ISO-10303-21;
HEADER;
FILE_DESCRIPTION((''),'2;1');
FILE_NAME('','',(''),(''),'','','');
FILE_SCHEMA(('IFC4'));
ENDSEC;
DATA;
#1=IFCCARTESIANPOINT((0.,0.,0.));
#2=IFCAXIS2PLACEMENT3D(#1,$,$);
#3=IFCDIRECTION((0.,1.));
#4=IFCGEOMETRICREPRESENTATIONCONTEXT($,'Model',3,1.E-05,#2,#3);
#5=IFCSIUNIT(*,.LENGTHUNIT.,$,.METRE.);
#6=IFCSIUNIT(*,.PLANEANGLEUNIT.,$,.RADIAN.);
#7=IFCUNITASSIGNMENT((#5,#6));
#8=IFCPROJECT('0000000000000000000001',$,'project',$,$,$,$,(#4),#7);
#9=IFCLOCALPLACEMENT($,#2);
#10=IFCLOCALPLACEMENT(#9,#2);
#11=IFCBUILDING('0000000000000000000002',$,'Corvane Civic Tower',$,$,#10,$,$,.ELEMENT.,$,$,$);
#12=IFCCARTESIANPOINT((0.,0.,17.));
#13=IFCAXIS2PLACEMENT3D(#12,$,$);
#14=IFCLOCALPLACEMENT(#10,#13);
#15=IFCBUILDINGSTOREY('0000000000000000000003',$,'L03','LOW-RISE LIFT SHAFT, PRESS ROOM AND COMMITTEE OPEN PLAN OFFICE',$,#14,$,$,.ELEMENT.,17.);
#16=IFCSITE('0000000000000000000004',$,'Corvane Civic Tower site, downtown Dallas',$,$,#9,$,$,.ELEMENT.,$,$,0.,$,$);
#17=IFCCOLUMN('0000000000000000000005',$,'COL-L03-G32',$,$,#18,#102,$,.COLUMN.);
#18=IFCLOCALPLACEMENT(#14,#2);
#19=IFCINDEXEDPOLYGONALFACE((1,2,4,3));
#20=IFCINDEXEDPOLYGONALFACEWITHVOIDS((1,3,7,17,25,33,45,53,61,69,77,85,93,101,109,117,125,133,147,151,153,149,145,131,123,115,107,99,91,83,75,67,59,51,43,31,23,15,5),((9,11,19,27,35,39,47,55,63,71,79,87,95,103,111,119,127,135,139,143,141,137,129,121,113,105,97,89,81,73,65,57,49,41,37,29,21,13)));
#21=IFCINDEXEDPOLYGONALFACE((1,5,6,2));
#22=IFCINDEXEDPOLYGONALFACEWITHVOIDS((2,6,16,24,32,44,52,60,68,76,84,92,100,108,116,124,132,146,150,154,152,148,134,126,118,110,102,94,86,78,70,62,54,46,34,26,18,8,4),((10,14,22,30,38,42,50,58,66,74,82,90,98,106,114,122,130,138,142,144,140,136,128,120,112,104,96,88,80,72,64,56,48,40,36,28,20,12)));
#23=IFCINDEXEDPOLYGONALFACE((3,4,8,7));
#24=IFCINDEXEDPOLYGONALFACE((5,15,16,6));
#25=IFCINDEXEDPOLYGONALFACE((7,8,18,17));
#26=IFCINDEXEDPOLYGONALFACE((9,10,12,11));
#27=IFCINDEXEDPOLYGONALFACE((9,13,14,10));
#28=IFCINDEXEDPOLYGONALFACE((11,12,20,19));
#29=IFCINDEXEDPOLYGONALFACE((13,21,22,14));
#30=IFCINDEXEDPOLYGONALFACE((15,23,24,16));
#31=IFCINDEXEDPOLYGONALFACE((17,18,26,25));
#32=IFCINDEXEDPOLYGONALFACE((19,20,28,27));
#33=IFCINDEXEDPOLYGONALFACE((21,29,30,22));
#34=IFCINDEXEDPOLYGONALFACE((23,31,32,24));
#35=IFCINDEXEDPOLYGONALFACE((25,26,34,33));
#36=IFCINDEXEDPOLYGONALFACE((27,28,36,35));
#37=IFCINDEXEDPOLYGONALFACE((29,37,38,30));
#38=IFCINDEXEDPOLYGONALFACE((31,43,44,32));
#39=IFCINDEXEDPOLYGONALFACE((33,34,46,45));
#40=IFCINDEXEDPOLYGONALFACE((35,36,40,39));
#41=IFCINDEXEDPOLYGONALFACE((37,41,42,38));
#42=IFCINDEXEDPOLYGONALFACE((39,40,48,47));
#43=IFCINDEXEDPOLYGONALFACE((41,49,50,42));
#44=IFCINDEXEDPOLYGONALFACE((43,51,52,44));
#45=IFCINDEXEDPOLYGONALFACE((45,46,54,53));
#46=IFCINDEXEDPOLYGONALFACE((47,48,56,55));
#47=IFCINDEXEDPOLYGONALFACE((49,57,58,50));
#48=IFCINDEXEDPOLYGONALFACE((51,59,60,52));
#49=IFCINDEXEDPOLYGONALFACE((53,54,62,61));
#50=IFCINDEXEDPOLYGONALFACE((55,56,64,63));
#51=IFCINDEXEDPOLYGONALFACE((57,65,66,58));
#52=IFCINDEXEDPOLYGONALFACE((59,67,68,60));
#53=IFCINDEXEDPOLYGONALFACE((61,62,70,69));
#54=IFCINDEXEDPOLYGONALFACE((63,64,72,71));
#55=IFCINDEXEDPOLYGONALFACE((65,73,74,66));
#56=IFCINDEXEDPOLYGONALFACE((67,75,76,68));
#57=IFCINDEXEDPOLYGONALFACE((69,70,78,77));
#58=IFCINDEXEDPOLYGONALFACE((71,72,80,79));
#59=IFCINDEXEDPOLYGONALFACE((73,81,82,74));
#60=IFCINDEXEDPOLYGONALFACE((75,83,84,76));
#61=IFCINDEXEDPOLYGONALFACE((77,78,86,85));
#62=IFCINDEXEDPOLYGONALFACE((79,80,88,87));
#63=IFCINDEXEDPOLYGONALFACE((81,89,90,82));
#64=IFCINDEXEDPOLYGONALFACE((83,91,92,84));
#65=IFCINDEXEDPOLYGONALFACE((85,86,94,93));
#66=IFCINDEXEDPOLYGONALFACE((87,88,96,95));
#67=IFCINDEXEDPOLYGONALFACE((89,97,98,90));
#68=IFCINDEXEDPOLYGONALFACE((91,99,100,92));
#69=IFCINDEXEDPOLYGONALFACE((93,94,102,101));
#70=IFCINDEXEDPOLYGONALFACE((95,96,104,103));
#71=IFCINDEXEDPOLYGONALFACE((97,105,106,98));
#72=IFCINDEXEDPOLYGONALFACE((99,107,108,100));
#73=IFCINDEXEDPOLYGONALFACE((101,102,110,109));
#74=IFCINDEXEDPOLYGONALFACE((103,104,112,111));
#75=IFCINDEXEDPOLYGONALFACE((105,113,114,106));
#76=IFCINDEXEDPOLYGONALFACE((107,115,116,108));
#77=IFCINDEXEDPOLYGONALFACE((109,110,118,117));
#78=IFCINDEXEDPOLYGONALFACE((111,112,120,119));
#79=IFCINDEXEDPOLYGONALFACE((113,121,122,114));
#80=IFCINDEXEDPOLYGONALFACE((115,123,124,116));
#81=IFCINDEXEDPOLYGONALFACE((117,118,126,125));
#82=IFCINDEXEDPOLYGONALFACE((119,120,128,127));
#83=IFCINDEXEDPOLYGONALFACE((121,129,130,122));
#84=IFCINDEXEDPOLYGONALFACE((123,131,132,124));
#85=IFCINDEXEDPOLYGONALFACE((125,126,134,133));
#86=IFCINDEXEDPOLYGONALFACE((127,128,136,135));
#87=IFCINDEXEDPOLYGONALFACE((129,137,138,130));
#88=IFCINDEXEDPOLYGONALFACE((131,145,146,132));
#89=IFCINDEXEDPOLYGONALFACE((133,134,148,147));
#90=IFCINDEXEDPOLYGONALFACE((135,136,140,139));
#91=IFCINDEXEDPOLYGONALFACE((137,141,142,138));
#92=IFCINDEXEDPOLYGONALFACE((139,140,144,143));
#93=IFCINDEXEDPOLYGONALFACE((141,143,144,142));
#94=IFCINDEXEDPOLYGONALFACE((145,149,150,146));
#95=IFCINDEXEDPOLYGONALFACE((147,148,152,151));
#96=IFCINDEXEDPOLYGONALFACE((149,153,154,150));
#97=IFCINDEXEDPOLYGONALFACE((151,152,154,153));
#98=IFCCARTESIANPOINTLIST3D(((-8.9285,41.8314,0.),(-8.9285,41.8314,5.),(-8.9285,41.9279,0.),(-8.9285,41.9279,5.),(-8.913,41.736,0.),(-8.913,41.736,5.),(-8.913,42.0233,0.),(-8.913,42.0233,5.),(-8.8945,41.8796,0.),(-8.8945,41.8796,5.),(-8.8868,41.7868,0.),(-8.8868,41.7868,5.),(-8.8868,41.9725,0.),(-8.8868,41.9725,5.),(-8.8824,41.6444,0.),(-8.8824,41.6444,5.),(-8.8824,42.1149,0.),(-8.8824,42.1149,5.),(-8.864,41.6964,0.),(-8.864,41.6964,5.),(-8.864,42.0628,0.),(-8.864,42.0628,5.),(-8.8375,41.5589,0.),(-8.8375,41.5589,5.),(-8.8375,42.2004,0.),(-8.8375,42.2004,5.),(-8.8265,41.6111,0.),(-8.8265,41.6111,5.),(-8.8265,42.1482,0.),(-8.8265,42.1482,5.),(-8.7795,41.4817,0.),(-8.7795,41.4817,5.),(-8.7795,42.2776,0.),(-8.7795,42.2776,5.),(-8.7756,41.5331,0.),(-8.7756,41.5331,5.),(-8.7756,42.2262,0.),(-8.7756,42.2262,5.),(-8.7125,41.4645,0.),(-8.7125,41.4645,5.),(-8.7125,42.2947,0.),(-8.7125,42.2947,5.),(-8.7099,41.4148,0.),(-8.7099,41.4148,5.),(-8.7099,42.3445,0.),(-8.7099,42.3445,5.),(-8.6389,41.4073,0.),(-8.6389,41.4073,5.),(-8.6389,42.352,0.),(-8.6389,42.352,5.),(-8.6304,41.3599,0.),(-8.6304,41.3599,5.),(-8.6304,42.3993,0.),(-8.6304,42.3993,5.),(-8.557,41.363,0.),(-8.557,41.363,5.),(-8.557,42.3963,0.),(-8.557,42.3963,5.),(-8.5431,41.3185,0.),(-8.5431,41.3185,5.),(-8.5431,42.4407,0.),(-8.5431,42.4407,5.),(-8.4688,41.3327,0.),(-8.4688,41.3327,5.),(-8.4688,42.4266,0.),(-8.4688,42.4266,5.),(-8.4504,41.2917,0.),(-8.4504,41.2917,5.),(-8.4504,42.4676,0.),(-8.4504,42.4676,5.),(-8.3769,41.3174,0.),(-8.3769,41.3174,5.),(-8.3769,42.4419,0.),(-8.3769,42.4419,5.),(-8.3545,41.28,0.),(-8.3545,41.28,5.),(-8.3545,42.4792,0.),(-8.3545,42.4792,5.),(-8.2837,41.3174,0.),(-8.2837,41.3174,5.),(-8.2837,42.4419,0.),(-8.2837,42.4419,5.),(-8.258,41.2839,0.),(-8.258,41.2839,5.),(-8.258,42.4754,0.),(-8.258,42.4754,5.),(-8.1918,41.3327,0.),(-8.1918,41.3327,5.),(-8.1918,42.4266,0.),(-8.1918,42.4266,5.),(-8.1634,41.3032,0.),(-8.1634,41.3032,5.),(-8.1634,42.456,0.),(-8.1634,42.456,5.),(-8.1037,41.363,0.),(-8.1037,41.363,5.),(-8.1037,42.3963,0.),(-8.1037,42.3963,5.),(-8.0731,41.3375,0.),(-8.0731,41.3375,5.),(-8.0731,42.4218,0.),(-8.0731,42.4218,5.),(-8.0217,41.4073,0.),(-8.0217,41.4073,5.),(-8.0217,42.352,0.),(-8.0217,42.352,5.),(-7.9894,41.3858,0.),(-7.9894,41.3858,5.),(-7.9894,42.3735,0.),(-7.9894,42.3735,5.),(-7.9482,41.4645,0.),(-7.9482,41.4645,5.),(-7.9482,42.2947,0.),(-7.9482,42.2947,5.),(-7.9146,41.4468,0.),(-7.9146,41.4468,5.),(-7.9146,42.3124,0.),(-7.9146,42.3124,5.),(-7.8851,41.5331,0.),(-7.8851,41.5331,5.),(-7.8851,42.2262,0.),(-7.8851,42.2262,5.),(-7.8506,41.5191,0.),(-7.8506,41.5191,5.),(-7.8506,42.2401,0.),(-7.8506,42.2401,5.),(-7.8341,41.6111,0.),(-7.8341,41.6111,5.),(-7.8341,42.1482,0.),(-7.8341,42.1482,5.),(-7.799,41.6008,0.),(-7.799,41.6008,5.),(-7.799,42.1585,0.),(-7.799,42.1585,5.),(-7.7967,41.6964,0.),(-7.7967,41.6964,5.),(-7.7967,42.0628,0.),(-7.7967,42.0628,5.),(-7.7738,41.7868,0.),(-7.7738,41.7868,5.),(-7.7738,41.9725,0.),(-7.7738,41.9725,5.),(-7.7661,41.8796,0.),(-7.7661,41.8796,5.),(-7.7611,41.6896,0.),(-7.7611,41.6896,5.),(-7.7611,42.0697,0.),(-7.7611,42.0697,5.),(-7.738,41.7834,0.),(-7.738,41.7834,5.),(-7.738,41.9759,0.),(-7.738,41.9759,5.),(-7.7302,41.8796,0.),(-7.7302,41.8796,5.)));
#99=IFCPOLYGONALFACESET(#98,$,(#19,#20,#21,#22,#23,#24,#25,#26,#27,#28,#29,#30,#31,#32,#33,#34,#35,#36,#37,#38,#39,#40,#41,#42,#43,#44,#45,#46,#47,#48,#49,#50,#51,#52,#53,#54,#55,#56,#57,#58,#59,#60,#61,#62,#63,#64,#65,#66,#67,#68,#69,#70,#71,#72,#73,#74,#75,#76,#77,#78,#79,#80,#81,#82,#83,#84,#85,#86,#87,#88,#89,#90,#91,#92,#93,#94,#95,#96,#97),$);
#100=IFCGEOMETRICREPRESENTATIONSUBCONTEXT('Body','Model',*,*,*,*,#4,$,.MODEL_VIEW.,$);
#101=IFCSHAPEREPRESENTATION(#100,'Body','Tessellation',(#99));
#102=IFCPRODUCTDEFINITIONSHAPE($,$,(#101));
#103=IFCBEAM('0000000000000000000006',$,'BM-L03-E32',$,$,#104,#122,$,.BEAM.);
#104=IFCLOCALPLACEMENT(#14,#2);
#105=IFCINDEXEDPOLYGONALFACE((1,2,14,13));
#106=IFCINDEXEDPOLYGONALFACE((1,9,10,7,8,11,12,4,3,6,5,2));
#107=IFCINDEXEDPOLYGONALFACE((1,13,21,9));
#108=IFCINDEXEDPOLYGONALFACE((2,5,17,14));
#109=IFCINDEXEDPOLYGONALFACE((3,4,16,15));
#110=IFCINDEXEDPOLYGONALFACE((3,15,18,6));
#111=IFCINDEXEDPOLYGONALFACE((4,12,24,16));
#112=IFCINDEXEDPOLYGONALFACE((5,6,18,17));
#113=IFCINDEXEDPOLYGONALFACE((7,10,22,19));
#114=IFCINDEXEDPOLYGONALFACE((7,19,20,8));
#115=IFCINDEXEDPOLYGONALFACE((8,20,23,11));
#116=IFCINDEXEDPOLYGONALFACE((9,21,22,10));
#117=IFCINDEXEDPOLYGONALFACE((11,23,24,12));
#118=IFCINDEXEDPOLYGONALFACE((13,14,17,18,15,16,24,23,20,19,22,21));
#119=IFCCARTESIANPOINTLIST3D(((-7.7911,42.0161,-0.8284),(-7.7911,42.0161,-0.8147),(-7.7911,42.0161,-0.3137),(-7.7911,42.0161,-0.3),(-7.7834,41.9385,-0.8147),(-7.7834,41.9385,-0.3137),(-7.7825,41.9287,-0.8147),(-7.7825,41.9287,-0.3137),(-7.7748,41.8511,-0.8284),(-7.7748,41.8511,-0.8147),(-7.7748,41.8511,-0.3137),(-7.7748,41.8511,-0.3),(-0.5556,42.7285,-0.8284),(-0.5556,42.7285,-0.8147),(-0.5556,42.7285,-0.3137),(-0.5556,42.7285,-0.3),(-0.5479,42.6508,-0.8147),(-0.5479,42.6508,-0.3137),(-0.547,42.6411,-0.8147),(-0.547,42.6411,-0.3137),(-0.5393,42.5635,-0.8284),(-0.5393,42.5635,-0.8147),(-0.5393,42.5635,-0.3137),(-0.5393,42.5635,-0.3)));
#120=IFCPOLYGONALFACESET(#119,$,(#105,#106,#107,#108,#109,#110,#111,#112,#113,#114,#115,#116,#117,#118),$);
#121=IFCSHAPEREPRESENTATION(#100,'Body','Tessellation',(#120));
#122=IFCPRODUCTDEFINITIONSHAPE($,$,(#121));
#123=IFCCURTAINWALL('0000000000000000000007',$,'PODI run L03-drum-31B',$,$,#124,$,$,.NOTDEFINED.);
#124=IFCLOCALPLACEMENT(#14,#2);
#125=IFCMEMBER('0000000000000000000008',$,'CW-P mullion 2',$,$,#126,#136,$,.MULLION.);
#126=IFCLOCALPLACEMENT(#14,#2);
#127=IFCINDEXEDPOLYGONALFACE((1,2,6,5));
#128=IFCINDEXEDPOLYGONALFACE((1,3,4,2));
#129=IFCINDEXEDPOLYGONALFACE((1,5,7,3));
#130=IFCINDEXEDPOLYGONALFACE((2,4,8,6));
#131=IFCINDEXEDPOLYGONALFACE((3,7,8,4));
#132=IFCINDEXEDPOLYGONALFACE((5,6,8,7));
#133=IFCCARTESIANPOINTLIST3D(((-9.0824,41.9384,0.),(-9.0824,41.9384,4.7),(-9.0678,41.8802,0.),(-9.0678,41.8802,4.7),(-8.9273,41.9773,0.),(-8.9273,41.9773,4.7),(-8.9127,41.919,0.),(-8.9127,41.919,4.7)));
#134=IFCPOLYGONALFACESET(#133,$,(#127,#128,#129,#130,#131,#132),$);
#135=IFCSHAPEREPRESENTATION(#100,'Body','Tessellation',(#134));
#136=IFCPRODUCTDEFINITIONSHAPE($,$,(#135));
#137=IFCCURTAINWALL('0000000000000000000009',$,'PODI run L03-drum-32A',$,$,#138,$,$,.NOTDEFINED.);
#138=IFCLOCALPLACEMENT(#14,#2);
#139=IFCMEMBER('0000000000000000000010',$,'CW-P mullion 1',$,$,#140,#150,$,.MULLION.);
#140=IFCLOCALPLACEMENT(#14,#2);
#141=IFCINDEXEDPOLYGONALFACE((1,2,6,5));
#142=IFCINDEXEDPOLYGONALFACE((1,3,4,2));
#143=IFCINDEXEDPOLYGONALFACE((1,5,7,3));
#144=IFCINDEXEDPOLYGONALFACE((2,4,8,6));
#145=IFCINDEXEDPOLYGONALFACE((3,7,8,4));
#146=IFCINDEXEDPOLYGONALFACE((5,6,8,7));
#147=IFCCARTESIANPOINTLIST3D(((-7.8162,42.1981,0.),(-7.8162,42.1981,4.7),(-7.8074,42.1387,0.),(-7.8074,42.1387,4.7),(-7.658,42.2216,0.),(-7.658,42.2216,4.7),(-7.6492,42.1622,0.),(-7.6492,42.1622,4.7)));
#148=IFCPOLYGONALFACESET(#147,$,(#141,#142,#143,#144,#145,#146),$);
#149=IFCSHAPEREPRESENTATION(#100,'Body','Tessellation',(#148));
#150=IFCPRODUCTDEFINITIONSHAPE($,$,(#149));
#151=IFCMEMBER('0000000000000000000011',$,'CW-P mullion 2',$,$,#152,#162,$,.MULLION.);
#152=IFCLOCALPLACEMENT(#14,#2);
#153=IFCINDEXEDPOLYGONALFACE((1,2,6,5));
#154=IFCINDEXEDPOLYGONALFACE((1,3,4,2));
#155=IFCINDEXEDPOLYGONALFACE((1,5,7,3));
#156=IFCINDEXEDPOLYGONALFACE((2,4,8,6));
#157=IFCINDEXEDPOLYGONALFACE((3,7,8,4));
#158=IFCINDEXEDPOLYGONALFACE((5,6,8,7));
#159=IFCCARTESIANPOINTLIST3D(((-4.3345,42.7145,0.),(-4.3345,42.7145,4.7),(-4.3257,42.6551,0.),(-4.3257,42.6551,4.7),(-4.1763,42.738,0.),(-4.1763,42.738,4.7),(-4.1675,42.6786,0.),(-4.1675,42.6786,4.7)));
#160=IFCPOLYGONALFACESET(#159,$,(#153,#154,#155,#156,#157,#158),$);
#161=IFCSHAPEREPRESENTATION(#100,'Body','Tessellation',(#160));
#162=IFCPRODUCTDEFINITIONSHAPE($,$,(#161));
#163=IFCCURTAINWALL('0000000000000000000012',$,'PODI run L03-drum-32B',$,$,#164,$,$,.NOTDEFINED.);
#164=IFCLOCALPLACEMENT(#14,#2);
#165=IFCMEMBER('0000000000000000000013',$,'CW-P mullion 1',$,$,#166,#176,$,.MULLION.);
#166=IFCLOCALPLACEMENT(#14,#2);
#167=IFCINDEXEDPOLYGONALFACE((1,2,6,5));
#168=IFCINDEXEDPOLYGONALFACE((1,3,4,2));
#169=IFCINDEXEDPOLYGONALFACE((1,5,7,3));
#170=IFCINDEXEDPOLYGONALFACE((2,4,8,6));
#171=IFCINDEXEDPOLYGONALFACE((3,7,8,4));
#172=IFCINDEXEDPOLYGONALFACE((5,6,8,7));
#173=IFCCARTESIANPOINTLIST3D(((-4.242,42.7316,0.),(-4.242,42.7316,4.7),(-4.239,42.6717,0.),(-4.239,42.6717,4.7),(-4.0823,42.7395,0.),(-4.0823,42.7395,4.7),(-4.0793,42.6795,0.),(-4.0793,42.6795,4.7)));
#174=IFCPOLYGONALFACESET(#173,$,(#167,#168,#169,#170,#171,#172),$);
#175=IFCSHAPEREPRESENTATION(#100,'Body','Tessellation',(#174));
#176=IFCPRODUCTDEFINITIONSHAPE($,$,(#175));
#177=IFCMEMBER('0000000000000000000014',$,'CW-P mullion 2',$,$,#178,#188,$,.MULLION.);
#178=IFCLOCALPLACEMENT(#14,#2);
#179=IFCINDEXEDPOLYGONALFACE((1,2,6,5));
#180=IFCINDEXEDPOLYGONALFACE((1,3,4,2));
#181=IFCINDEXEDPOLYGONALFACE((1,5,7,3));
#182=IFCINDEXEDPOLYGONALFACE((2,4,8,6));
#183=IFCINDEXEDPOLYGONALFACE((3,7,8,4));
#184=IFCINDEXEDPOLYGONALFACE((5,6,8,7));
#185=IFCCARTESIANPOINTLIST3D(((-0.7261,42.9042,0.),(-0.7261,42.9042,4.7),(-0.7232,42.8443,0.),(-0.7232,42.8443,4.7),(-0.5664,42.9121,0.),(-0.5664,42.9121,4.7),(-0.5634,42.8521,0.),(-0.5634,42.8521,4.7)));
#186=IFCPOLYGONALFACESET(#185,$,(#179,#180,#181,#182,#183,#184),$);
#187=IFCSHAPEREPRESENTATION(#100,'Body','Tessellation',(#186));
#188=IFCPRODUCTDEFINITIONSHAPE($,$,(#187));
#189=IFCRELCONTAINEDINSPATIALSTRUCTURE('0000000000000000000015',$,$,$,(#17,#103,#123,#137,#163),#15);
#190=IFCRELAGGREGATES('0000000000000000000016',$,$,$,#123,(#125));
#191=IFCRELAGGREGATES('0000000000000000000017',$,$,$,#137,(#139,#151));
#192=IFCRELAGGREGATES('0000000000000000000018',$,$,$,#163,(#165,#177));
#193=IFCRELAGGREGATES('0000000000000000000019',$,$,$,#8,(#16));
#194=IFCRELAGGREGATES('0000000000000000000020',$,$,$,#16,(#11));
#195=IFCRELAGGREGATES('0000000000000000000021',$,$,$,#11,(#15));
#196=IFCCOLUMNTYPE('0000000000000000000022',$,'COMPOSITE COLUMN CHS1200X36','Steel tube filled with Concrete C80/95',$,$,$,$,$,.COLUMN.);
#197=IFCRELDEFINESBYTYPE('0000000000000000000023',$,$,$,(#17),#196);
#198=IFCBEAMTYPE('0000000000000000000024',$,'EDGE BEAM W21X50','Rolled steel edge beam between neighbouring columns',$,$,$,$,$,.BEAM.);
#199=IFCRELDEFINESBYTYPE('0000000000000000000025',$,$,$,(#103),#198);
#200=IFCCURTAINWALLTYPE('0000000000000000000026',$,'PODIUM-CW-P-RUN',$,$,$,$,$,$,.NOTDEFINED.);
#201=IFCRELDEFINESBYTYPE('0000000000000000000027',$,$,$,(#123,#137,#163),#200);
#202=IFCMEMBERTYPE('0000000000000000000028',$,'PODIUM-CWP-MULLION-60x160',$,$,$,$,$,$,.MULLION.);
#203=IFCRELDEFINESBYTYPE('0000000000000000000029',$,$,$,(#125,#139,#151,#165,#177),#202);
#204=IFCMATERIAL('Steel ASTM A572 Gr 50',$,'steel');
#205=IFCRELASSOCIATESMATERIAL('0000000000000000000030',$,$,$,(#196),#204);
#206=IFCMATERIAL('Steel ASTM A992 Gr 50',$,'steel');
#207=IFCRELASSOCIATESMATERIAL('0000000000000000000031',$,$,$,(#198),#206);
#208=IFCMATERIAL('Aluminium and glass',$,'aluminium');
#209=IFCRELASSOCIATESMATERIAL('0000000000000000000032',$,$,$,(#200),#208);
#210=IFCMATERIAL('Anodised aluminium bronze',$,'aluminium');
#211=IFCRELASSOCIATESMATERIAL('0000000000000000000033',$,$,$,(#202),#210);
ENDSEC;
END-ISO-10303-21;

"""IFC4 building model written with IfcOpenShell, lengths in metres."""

from ifc_helpers import new_model, si_unit, direction, frame, origin, origin_2d, place, context, subcontext, project, spatial, rectangle, hollow_circle, i_section, extrude, material, material_profile, profile_set, type_object, element, aggregate, save


model = new_model("IFC4")

# Units and contexts
model_context = context("Model", 3, precision=1e-05, world=origin(), true_north=direction((0.0, 1.0)))
body_context = subcontext(model_context, "Body", "Model", "MODEL_VIEW")
ifc_project = project(units=[si_unit("LENGTHUNIT", "METRE"), si_unit("PLANEANGLEUNIT", "RADIAN")], contexts=[model_context])

# Site, building, storey
site_placement = place(None, origin())
site = spatial("IfcSite", under=ifc_project, at=site_placement, Name="Corvane Civic Tower site, downtown Dallas", CompositionType="ELEMENT", RefElevation=0.0)
building_placement = place(site_placement, origin())
building = spatial("IfcBuilding", under=site, at=building_placement, Name="Corvane Civic Tower", CompositionType="ELEMENT")
storey_placement = place(building_placement, frame((0.0, 0.0, 17.0)))
storey = spatial("IfcBuildingStorey", under=building, at=storey_placement, Name="L03", Description="LOW-RISE LIFT SHAFT, PRESS ROOM AND COMMITTEE OPEN PLAN OFFICE", CompositionType="ELEMENT", Elevation=17.0)

# Column
ifc_material_1 = material(Name="Steel ASTM A572 Gr 50", Category="steel")
ifc_material_profile_1 = material_profile(ifc_material_1, hollow_circle(Radius=0.6001, WallThickness=0.0359, at=origin_2d()), Name="CHS1200X36")
ifc_profile_set_1 = profile_set([ifc_material_profile_1], Name="Steel ASTM A572 Gr 50")
column_type = type_object("IfcColumnType", Name="COMPOSITE COLUMN CHS1200X36", Description="Steel tube filled with Concrete C80/95", PredefinedType="COLUMN", material=ifc_profile_set_1)
column_placement = place(storey_placement, frame((-8.3303, 41.8796, 0.0), z_axis=(0.0, 0.0, 1.0), x_axis=(1.0, 0.0, 0.0)))
element("IfcColumn", 1, at=column_placement, inside=storey, type_object=column_type, Name="COL-L03-G32", PredefinedType="COLUMN", context=body_context, shape_type="SweptSolid", body=[
    extrude(hollow_circle(Radius=0.6001, WallThickness=0.0359, at=origin_2d()), origin(), (0.0, 0.0, 1.0), 5.0),
])

# Beam
ifc_material_2 = material(Name="Steel ASTM A992 Gr 50", Category="steel")
ifc_material_profile_2 = material_profile(ifc_material_2, i_section(OverallWidth=0.1658, OverallDepth=0.5283, WebThickness=0.0098, FlangeThickness=0.0137, at=origin_2d()), Name="W21X50")
ifc_profile_set_2 = profile_set([ifc_material_profile_2], Name="Steel ASTM A992 Gr 50")
beam_type = type_object("IfcBeamType", Name="EDGE BEAM W21X50", Description="Rolled steel edge beam between neighbouring columns", PredefinedType="BEAM", material=ifc_profile_set_2)
beam_placement = place(storey_placement, frame((-7.783, 41.9336, -0.5642), z_axis=(0.995188, 0.097984, 0.0), x_axis=(-0.097984, 0.995188, 0.0)))
element("IfcBeam", 2, at=beam_placement, inside=storey, type_object=beam_type, Name="BM-L03-E32", PredefinedType="BEAM", context=body_context, shape_type="SweptSolid", body=[
    extrude(i_section(OverallWidth=0.1658, OverallDepth=0.5283, WebThickness=0.0098, FlangeThickness=0.0137, at=origin_2d()), origin(), (0.0, 0.0, 1.0), 7.2705),
])

# Curtain wall, member
ifc_material_3 = material(Name="Aluminium and glass", Category="aluminium")
curtain_wall_type = type_object("IfcCurtainWallType", Name="PODIUM-CW-P-RUN", PredefinedType="NOTDEFINED", material=ifc_material_3)
curtain_wall_1_placement = place(storey_placement, origin())
curtain_wall_1 = element("IfcCurtainWall", 3, at=curtain_wall_1_placement, inside=storey, type_object=curtain_wall_type, Name="PODI run L03-drum-31B", PredefinedType="NOTDEFINED")
ifc_material_4 = material(Name="Anodised aluminium bronze", Category="aluminium")
ifc_material_profile_3 = material_profile(ifc_material_4, rectangle(XDim=0.0601, YDim=0.1599, at=origin_2d()), Name="AL 60x160")
ifc_profile_set_3 = profile_set([ifc_material_profile_3], Name="Anodised aluminium bronze")
member_type_1 = type_object("IfcMemberType", Name="PODIUM-CWP-MULLION-60x160", PredefinedType="MULLION", material=ifc_profile_set_3)
member_1_placement = place(storey_placement, frame((-8.9976, 41.9287, 0.0), z_axis=(0.0, 0.0, 1.0), x_axis=(-0.243009, 0.970024, 0.0)))
member_1 = element("IfcMember", 4, at=member_1_placement, type_object=member_type_1, Name="CW-P mullion 2", PredefinedType="MULLION", context=body_context, shape_type="SweptSolid", body=[
    extrude(rectangle(XDim=0.0601, YDim=0.1599, at=origin_2d()), origin(), (0.0, 0.0, 1.0), 4.7),
])

# Curtain walls, members
curtain_wall_2_placement = place(storey_placement, origin())
curtain_wall_2 = element("IfcCurtainWall", 5, at=curtain_wall_2_placement, inside=storey, type_object=curtain_wall_type, Name="PODI run L03-drum-32A", PredefinedType="NOTDEFINED")
member_2_placement = place(storey_placement, frame((-7.7327, 42.1802, 0.0), z_axis=(0.0, 0.0, 1.0), x_axis=(-0.146715, 0.989179, 0.0)))
member_2 = element("IfcMember", 6, at=member_2_placement, type_object=member_type_1, Name="CW-P mullion 1", PredefinedType="MULLION", context=body_context, shape_type="SweptSolid", body=[
    extrude(rectangle(XDim=0.0601, YDim=0.1599, at=origin_2d()), origin(), (0.0, 0.0, 1.0), 4.7),
])
member_3_placement = place(storey_placement, frame((-4.251, 42.6965, 0.0), z_axis=(0.0, 0.0, 1.0), x_axis=(-0.146715, 0.989179, 0.0)))
member_3 = element("IfcMember", 7, at=member_3_placement, type_object=member_type_1, Name="CW-P mullion 2", PredefinedType="MULLION", context=body_context, shape_type="SweptSolid", body=[
    extrude(rectangle(XDim=0.0601, YDim=0.1599, at=origin_2d()), origin(), (0.0, 0.0, 1.0), 4.7),
])
curtain_wall_3_placement = place(storey_placement, origin())
curtain_wall_3 = element("IfcCurtainWall", 8, at=curtain_wall_3_placement, inside=storey, type_object=curtain_wall_type, Name="PODI run L03-drum-32B", PredefinedType="NOTDEFINED")
member_4_placement = place(storey_placement, frame((-4.1606, 42.7056, 0.0), z_axis=(0.0, 0.0, 1.0), x_axis=(-0.04905, 0.998796, 0.0)))
member_4 = element("IfcMember", 9, at=member_4_placement, type_object=member_type_1, Name="CW-P mullion 1", PredefinedType="MULLION", context=body_context, shape_type="SweptSolid", body=[
    extrude(rectangle(XDim=0.0601, YDim=0.1599, at=origin_2d()), origin(), (0.0, 0.0, 1.0), 4.7),
])
member_5_placement = place(storey_placement, frame((-0.6448, 42.8782, 0.0), z_axis=(0.0, 0.0, 1.0), x_axis=(-0.04905, 0.998796, 0.0)))
member_5 = element("IfcMember", 10, at=member_5_placement, type_object=member_type_1, Name="CW-P mullion 2", PredefinedType="MULLION", context=body_context, shape_type="SweptSolid", body=[
    extrude(rectangle(XDim=0.0601, YDim=0.1599, at=origin_2d()), origin(), (0.0, 0.0, 1.0), 4.7),
])

aggregate(curtain_wall_1, [member_1])
aggregate(curtain_wall_2, [member_2, member_3])
aggregate(curtain_wall_3, [member_4, member_5])

save(model, "model.ifc")
